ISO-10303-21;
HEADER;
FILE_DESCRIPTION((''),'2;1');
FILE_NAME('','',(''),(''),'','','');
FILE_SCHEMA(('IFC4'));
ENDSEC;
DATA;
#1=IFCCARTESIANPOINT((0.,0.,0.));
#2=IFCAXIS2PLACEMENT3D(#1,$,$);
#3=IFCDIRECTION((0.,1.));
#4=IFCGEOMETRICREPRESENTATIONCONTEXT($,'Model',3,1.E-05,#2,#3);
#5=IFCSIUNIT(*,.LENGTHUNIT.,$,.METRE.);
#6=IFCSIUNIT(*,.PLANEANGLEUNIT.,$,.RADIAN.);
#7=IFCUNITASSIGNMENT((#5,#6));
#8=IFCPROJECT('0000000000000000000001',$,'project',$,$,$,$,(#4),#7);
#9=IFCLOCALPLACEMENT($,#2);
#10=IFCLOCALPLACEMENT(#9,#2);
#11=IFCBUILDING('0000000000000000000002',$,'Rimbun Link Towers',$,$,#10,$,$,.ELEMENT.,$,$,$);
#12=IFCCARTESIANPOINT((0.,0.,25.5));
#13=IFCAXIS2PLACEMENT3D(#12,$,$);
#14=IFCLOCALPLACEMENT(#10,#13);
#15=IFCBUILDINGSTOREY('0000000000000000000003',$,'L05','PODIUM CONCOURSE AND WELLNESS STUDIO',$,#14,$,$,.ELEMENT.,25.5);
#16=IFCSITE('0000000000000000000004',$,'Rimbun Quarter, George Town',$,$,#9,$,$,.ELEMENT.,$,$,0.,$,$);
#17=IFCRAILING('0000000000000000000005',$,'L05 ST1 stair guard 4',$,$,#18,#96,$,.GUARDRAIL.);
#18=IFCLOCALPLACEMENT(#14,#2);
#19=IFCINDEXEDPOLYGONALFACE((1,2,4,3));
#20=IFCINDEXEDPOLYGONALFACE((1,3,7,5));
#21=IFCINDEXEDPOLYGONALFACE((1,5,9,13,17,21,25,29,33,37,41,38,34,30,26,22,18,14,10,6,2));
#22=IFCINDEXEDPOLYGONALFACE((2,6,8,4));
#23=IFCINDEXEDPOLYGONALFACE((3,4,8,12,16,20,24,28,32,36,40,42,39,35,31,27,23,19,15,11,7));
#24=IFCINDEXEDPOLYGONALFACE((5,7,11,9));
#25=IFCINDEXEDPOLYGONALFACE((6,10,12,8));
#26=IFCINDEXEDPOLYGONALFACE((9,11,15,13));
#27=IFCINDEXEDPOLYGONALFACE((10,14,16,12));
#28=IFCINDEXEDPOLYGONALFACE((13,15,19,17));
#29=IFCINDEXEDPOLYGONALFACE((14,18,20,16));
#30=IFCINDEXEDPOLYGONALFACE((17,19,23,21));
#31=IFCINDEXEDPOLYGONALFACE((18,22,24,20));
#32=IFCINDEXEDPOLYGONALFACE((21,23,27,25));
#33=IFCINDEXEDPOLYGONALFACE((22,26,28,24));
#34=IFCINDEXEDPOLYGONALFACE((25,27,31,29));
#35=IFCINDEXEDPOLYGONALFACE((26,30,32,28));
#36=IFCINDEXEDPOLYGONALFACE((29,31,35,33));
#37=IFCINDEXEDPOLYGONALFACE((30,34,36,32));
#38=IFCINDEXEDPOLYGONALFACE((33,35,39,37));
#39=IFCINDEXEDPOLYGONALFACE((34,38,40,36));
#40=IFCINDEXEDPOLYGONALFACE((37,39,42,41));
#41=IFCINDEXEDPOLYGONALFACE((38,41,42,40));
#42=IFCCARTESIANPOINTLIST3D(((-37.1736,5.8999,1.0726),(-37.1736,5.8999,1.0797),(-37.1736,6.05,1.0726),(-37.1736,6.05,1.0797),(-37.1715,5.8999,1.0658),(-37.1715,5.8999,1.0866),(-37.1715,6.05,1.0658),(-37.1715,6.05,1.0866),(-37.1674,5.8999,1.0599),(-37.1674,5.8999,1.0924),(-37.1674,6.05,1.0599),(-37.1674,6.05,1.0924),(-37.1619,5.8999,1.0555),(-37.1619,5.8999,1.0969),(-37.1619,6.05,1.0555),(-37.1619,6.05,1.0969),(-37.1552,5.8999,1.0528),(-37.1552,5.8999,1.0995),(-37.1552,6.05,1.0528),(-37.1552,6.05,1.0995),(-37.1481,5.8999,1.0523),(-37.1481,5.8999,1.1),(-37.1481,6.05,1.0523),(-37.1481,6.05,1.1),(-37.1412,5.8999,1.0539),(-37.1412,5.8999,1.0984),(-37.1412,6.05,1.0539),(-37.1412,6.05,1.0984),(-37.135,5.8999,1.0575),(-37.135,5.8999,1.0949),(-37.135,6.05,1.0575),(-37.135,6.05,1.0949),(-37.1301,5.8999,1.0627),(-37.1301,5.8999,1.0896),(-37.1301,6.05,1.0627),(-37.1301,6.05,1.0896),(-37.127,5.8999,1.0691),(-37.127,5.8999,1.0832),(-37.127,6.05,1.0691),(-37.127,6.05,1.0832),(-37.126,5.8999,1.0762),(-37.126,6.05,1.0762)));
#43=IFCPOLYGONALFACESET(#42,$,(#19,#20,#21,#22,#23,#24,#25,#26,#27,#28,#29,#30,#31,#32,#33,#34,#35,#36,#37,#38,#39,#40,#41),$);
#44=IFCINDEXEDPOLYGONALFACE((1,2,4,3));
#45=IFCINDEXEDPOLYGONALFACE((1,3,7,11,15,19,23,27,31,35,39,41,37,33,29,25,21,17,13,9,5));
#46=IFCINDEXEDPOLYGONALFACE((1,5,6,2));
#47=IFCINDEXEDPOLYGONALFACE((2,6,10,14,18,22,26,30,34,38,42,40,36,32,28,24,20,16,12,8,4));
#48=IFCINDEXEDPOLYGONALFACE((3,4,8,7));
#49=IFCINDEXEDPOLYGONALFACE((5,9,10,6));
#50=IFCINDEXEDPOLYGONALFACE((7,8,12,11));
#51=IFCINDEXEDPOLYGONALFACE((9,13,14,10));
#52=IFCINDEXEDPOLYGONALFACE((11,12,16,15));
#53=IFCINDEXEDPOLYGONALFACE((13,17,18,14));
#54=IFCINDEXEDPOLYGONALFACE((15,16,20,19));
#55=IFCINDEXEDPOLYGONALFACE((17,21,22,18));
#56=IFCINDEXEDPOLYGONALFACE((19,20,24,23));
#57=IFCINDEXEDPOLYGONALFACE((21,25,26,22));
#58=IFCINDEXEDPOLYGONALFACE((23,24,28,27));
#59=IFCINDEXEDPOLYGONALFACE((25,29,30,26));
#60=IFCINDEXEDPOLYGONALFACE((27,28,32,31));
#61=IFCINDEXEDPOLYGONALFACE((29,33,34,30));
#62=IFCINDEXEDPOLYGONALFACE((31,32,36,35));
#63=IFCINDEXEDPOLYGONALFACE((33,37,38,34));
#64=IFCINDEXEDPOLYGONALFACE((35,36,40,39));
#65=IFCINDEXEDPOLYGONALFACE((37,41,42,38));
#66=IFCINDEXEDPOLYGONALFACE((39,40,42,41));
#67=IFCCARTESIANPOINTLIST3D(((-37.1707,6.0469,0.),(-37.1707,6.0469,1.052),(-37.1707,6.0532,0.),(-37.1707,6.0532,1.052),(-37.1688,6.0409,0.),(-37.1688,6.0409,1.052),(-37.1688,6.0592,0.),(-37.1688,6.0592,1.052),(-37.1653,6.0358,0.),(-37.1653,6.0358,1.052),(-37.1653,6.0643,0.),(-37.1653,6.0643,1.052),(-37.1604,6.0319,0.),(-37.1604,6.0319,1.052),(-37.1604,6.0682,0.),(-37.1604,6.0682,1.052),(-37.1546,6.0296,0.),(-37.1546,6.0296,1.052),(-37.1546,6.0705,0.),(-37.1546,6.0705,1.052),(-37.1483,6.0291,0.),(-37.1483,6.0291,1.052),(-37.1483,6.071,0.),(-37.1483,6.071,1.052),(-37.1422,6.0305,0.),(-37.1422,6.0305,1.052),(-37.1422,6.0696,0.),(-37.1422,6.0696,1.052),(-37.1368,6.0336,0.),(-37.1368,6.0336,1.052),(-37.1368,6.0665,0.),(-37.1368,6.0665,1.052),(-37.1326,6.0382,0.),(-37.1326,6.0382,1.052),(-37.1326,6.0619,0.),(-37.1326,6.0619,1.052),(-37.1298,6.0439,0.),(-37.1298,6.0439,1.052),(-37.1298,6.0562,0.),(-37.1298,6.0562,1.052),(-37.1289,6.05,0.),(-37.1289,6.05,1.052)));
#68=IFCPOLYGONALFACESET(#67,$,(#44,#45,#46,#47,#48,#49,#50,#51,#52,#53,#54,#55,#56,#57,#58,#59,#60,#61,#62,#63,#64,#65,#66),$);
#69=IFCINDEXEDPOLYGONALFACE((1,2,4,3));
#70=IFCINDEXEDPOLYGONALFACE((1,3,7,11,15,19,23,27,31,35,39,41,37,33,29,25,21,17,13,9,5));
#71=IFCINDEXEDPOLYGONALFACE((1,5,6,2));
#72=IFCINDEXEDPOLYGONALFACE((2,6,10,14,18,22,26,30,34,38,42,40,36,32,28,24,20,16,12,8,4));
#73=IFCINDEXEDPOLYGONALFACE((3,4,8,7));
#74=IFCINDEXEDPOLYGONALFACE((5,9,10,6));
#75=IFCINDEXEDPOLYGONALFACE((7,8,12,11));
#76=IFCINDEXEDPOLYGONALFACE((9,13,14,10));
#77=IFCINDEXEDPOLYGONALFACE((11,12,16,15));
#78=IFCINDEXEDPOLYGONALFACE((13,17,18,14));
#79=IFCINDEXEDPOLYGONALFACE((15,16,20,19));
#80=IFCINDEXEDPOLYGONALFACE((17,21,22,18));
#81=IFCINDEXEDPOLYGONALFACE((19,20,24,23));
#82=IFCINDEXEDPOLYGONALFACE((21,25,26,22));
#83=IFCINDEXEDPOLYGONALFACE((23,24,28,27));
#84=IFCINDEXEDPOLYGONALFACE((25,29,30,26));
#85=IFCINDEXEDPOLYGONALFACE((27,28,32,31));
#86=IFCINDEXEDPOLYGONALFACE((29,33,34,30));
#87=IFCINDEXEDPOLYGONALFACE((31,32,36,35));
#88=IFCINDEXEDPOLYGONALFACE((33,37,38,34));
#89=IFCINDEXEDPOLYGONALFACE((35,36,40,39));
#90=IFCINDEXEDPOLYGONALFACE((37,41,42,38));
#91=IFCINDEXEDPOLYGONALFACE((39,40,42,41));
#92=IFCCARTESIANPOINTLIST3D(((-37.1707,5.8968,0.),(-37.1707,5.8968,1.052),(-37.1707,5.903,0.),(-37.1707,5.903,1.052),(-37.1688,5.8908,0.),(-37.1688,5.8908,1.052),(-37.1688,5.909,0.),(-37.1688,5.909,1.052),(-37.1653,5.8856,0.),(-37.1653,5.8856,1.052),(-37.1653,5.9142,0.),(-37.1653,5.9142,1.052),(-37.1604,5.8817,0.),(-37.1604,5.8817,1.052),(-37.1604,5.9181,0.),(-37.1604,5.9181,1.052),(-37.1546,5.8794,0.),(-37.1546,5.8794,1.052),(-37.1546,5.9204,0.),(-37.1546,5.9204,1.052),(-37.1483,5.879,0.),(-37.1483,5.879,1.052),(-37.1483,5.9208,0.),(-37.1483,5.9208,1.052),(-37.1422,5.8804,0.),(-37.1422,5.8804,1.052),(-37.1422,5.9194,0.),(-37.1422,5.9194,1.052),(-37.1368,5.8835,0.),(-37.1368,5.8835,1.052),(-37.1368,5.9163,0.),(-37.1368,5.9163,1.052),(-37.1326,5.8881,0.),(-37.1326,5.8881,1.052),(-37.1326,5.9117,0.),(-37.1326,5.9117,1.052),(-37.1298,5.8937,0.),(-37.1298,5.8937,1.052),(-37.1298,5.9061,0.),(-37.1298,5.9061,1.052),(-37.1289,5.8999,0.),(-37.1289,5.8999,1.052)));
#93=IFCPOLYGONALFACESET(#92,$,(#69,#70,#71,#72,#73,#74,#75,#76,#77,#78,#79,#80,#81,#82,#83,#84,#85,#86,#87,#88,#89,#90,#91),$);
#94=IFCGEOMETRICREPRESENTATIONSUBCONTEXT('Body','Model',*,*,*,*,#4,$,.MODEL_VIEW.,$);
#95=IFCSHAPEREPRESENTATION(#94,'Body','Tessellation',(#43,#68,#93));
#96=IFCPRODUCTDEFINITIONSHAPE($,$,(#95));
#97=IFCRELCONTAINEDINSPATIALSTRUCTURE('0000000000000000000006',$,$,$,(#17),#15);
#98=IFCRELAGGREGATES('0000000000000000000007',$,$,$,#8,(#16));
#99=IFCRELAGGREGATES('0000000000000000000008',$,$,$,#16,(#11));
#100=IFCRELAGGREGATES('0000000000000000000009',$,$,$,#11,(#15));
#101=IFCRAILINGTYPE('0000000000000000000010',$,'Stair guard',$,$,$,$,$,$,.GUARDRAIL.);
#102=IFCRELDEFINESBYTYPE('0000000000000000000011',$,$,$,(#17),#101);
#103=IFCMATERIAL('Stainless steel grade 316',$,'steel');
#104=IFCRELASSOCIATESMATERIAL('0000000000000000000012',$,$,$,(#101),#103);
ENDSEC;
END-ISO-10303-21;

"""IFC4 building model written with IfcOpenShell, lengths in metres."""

from ifc_helpers import new_model, si_unit, direction, frame, origin, origin_2d, place, context, subcontext, project, spatial, circle, extrude, material, type_object, element, save


model = new_model("IFC4")

# Units and contexts
model_context = context("Model", 3, precision=1e-05, world=origin(), true_north=direction((0.0, 1.0)))
body_context = subcontext(model_context, "Body", "Model", "MODEL_VIEW")
ifc_project = project(units=[si_unit("LENGTHUNIT", "METRE"), si_unit("PLANEANGLEUNIT", "RADIAN")], contexts=[model_context])

# Site, building, storey
site_placement = place(None, origin())
site = spatial("IfcSite", under=ifc_project, at=site_placement, Name="Rimbun Quarter, George Town", CompositionType="ELEMENT", RefElevation=0.0)
building_placement = place(site_placement, origin())
building = spatial("IfcBuilding", under=site, at=building_placement, Name="Rimbun Link Towers", CompositionType="ELEMENT")
storey_placement = place(building_placement, frame((0.0, 0.0, 25.5)))
storey = spatial("IfcBuildingStorey", under=building, at=storey_placement, Name="L05", Description="PODIUM CONCOURSE AND WELLNESS STUDIO", CompositionType="ELEMENT", Elevation=25.5)

# Railing
ifc_material_1 = material(Name="Stainless steel grade 316", Category="steel")
railing_type_1 = type_object("IfcRailingType", Name="Stair guard", PredefinedType="GUARDRAIL", material=ifc_material_1)
railing_1_placement = place(storey_placement, frame((-37.1499, 6.05, 0.0)))
element("IfcRailing", 1, at=railing_1_placement, inside=storey, type_object=railing_type_1, Name="L05 ST1 stair guard 4", PredefinedType="GUARDRAIL", context=body_context, shape_type="SweptSolid", body=[
    extrude(circle(Radius=0.0239, at=origin_2d()), frame((0.0, 0.0, 1.0762), z_axis=(0.0, -1.0, 0.0), x_axis=(1.0, 0.0, 0.0)), (0.0, 0.0, 1.0), 0.1501),
    extrude(circle(Radius=0.021, at=origin_2d()), origin(), (0.0, 0.0, 1.0), 1.052),
    extrude(circle(Radius=0.021, at=origin_2d()), frame((0.0, -0.1501, 0.0)), (0.0, 0.0, 1.0), 1.052),
])

save(model, "model.ifc")
